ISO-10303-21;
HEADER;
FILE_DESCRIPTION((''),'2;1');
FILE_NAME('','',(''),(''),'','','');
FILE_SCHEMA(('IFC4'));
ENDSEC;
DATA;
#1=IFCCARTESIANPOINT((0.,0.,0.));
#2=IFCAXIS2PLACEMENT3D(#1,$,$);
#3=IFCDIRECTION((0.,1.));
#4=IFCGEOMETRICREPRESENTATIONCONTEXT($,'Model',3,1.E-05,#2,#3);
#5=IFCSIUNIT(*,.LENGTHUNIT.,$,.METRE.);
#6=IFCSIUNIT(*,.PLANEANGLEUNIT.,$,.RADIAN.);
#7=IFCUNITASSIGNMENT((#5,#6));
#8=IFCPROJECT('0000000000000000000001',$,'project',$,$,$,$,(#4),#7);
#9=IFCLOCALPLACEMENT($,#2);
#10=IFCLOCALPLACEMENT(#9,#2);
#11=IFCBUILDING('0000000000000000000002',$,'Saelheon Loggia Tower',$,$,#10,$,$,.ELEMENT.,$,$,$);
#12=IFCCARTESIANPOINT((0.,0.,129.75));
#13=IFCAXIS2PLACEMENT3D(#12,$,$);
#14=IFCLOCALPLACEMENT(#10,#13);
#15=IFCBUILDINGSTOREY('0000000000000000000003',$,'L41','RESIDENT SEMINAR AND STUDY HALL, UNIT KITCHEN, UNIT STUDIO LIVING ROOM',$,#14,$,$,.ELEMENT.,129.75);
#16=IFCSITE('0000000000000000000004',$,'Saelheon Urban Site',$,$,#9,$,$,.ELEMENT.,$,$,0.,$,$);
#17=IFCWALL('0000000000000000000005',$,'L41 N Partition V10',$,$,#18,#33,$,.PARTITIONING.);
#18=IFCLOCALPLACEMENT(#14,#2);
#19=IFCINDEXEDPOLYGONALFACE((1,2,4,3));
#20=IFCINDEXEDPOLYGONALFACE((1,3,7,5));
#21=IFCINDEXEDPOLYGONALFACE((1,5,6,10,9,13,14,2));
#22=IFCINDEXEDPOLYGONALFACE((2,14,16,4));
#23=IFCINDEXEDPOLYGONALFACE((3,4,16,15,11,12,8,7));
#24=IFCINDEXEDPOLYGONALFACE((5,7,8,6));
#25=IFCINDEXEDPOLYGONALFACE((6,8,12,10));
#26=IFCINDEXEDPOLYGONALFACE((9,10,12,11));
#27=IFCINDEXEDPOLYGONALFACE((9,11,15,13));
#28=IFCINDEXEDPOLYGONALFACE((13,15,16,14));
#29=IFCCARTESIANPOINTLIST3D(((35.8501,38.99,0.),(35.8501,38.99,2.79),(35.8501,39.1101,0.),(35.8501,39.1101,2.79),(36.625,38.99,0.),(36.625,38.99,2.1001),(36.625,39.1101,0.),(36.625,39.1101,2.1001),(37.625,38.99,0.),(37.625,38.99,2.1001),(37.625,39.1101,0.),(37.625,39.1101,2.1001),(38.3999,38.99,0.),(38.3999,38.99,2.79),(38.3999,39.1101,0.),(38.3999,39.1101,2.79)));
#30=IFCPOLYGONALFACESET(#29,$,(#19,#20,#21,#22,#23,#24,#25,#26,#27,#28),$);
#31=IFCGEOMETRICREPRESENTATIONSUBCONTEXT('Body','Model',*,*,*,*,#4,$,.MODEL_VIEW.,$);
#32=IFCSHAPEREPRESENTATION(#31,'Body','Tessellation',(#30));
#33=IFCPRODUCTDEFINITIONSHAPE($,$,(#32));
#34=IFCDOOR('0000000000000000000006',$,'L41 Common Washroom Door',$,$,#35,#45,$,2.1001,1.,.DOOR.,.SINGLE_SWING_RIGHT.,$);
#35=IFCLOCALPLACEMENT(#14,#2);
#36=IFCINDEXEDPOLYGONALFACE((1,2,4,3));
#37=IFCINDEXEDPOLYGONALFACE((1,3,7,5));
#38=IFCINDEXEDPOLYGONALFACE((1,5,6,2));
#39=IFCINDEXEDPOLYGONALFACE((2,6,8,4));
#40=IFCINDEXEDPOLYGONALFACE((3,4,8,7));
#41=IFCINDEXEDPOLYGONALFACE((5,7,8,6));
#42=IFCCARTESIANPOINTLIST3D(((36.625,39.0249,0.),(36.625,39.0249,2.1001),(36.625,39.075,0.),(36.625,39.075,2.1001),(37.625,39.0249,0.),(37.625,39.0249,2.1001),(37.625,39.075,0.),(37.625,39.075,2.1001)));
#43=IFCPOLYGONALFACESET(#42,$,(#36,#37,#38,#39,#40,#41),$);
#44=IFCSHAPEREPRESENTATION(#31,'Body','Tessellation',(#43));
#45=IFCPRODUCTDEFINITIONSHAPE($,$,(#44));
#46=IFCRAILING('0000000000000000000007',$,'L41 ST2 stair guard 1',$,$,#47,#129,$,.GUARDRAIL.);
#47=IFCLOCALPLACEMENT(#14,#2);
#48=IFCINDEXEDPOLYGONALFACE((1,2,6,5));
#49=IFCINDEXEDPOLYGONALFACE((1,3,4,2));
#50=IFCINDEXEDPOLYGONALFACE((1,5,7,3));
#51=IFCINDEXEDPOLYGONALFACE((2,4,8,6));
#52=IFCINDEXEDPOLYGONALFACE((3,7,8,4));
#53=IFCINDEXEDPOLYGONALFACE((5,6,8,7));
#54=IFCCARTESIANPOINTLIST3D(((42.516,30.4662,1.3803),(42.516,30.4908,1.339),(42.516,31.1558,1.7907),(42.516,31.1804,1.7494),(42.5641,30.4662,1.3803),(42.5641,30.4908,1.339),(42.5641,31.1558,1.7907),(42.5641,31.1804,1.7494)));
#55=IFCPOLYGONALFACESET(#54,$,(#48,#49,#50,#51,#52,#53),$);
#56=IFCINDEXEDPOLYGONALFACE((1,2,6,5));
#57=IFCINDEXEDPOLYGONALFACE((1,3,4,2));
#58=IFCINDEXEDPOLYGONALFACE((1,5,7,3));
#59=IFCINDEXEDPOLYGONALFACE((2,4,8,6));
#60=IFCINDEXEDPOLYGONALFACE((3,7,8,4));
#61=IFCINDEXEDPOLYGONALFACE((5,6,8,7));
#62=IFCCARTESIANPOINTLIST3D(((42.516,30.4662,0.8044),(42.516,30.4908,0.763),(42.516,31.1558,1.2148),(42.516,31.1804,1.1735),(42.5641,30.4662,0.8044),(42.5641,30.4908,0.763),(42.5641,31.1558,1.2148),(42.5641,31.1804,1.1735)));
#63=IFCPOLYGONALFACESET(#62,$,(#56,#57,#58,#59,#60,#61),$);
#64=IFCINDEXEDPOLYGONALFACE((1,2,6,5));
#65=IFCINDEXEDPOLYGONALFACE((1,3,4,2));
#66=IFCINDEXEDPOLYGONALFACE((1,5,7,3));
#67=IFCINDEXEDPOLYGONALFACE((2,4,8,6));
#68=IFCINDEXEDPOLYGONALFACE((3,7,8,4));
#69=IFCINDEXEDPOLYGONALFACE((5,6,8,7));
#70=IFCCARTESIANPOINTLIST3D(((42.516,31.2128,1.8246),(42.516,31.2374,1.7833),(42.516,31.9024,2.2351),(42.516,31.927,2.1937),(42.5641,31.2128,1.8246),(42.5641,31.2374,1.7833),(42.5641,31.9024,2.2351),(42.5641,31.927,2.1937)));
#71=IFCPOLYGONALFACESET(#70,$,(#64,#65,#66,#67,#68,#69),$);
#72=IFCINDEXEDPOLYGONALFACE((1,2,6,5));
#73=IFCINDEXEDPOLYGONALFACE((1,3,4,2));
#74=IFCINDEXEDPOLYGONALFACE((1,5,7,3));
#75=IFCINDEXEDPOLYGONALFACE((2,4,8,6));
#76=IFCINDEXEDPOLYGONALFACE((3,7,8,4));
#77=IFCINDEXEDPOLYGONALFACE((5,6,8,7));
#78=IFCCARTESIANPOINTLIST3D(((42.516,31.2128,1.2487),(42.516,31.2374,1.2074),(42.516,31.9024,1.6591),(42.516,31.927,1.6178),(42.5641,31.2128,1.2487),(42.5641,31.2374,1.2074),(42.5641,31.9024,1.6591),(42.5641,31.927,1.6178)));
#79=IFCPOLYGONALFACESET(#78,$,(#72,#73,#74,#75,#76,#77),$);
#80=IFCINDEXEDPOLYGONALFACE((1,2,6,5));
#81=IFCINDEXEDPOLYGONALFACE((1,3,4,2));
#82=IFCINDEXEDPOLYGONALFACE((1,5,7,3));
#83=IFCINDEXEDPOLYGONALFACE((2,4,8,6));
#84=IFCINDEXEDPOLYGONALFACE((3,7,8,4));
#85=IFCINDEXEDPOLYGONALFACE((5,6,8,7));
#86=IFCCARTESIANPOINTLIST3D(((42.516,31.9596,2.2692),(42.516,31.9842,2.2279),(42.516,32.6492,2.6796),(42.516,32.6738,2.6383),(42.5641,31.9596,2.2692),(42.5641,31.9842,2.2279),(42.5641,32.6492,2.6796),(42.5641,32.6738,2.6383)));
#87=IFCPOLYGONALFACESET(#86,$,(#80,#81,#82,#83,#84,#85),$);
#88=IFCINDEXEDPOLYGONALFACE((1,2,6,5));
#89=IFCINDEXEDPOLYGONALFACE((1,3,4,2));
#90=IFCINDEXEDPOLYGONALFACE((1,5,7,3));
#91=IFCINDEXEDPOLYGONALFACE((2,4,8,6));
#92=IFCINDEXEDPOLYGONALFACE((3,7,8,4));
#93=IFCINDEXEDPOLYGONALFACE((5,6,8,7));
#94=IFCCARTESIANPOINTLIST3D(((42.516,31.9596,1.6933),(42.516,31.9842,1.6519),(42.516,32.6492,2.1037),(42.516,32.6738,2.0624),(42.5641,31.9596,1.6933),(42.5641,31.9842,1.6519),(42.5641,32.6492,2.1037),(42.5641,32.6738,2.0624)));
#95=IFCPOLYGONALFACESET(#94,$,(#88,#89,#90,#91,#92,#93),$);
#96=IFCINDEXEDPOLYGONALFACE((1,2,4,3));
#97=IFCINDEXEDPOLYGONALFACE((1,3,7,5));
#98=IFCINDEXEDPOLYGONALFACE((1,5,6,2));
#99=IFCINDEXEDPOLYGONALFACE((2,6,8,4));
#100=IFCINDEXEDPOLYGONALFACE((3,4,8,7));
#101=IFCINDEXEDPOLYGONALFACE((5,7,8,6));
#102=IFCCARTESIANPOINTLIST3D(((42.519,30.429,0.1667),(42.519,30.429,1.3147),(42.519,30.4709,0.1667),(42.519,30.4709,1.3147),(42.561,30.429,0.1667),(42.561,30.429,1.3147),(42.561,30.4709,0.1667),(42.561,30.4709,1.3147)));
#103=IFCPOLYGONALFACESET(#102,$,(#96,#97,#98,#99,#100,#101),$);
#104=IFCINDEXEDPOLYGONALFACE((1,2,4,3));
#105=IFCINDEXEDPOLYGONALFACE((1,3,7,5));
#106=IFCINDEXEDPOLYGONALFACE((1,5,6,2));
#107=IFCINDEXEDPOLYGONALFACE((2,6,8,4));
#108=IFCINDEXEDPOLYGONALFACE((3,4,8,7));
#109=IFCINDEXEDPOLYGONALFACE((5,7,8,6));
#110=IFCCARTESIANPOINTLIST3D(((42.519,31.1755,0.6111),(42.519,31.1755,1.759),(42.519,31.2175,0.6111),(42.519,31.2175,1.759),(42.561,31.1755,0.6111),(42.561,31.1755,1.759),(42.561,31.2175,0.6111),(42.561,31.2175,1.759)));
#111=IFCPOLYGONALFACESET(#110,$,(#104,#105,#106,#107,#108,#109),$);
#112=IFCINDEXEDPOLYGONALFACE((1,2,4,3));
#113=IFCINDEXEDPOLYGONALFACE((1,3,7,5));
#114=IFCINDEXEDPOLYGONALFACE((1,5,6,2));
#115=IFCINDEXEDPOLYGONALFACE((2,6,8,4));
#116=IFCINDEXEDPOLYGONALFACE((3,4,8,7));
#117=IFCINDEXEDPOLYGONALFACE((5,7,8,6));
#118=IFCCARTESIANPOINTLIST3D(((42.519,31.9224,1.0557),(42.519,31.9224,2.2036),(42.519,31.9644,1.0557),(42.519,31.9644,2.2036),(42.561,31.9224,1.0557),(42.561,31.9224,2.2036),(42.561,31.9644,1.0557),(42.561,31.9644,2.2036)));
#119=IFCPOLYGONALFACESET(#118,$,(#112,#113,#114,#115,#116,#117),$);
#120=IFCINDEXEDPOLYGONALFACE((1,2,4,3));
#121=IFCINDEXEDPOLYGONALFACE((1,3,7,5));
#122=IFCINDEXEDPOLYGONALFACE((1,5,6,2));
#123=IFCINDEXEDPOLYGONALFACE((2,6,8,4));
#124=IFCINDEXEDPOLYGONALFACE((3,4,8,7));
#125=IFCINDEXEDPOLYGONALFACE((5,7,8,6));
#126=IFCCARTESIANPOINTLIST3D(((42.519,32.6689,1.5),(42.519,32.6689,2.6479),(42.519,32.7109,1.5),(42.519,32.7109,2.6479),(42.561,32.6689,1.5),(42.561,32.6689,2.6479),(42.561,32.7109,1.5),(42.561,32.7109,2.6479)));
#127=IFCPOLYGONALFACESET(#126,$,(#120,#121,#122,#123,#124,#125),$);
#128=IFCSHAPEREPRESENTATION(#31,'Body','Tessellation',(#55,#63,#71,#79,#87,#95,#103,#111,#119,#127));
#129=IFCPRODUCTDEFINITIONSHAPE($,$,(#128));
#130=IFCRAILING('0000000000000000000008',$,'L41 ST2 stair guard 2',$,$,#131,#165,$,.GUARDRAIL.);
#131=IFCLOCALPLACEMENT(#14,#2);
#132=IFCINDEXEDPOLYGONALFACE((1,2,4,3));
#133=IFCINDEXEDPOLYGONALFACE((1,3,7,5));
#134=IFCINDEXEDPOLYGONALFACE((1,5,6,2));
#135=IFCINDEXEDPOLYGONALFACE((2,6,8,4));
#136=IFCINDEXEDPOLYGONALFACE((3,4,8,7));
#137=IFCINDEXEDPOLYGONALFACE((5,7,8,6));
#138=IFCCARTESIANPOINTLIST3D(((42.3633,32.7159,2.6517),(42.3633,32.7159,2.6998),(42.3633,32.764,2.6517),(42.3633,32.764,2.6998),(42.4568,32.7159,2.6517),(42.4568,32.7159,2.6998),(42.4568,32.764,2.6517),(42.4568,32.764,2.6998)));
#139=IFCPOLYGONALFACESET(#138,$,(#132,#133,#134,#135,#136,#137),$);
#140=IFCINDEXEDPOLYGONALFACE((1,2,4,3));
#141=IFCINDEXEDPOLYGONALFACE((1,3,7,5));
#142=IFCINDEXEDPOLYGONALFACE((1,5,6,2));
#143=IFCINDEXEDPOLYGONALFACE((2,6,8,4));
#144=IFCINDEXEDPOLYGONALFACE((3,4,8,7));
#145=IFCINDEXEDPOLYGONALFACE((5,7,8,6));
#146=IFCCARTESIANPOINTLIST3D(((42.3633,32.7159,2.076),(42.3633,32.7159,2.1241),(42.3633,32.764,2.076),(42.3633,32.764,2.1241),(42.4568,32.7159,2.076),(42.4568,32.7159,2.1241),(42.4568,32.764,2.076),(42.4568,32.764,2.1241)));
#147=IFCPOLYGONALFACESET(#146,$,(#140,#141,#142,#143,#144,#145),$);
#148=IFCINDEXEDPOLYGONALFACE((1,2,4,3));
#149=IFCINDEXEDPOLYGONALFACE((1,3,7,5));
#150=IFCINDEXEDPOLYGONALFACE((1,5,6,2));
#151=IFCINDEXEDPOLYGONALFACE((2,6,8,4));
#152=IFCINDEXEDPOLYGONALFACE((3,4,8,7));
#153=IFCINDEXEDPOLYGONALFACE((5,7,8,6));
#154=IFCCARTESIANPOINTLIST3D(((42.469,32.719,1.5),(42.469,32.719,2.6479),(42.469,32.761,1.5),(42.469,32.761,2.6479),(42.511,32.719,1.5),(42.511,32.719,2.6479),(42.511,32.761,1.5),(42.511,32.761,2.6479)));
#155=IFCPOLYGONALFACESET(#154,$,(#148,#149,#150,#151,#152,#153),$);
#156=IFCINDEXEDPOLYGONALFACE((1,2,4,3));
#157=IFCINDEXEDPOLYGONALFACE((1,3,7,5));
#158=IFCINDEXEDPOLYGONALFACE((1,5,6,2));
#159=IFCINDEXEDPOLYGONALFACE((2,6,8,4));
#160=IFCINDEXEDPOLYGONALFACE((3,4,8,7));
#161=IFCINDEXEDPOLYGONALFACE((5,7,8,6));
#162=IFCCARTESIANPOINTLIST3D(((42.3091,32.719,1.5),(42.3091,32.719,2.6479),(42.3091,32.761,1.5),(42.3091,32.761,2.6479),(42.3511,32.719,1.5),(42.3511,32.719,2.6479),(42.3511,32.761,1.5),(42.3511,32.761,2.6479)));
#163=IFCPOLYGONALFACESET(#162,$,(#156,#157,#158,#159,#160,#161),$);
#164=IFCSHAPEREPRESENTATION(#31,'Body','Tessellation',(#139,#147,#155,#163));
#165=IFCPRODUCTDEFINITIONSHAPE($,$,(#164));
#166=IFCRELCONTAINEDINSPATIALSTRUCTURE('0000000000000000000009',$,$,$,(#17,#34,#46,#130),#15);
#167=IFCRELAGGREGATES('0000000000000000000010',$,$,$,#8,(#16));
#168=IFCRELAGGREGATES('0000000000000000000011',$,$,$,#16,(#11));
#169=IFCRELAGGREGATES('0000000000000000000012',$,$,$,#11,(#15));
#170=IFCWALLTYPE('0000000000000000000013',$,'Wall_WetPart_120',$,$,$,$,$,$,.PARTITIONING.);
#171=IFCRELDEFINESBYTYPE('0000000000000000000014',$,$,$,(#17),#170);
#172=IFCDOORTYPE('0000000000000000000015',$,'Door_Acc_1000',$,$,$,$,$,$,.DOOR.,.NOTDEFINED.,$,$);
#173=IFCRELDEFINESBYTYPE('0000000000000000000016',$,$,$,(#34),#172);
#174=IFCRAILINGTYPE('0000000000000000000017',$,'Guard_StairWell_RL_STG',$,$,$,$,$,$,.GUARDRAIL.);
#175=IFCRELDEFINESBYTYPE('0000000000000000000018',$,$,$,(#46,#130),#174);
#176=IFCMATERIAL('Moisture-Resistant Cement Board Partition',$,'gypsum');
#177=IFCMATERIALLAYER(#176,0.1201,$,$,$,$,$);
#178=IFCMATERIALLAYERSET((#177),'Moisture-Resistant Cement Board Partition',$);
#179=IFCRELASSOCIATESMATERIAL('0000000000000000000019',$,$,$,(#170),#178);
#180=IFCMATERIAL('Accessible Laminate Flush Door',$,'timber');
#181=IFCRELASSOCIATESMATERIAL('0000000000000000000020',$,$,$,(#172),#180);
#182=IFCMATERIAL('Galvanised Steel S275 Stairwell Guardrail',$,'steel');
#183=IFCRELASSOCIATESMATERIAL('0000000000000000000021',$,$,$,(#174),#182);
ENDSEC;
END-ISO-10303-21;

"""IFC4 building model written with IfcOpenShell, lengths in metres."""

from ifc_helpers import new_model, si_unit, direction, frame, frame_2d, origin, origin_2d, place, context, subcontext, project, spatial, rectangle, extrude, source, transform, mapped, material, layer, layer_set, type_object, element, fill, save


model = new_model("IFC4")

# Units and contexts
model_context = context("Model", 3, precision=1e-05, world=origin(), true_north=direction((0.0, 1.0)))
body_context = subcontext(model_context, "Body", "Model", "MODEL_VIEW")
ifc_project = project(units=[si_unit("LENGTHUNIT", "METRE"), si_unit("PLANEANGLEUNIT", "RADIAN")], contexts=[model_context])

# Site, building, storey
site_placement = place(None, origin())
site = spatial("IfcSite", under=ifc_project, at=site_placement, Name="Saelheon Urban Site", CompositionType="ELEMENT", RefElevation=0.0)
building_placement = place(site_placement, origin())
building = spatial("IfcBuilding", under=site, at=building_placement, Name="Saelheon Loggia Tower", CompositionType="ELEMENT")
storey_placement = place(building_placement, frame((0.0, 0.0, 129.75)))
storey = spatial("IfcBuildingStorey", under=building, at=storey_placement, Name="L41", Description="RESIDENT SEMINAR AND STUDY HALL, UNIT KITCHEN, UNIT STUDIO LIVING ROOM", CompositionType="ELEMENT", Elevation=129.75)

# Shared definitions
ifc_material_1 = material(Name="Moisture-Resistant Cement Board Partition", Category="gypsum")
ifc_layer_1 = layer(ifc_material_1, 0.1201)
ifc_layer_set_1 = layer_set([ifc_layer_1], Name="Moisture-Resistant Cement Board Partition")
wall_type_1 = type_object("IfcWallType", Name="Wall_WetPart_120", PredefinedType="PARTITIONING", material=ifc_layer_set_1)

# Wall, opening, door
wall_1_placement = place(storey_placement, frame((35.8501, 39.05, 0.0), z_axis=(0.0, 0.0, 1.0), x_axis=(1.0, 0.0, 0.0)))
wall_1 = element("IfcWall", 1, at=wall_1_placement, inside=storey, type_object=wall_type_1, Name="L41 N Partition V10", PredefinedType="PARTITIONING", context=body_context, shape_type="SweptSolid", body=[
    extrude(rectangle(XDim=2.5498, YDim=0.1201, at=frame_2d((1.2749, 0.0))), origin(), (0.0, 0.0, 1.0), 2.79),
])
opening_1_placement = place(wall_1_placement, frame((0.7749, 0.0, 0.0)))
opening_1 = element("IfcOpeningElement", 2, at=opening_1_placement, cuts=wall_1, PredefinedType="OPENING", context=body_context, shape_type="SweptSolid", body=[
    extrude(rectangle(XDim=1.0, YDim=2.1001, at=frame_2d((0.5, 1.05))), frame((0.0, 0.072, 0.0), z_axis=(0.0, -1.0, 0.0), x_axis=(1.0, 0.0, 0.0)), (0.0, 0.0, 1.0), 0.144),
])
ifc_material_2 = material(Name="Accessible Laminate Flush Door", Category="timber")
door_type_1 = type_object("IfcDoorType", Name="Door_Acc_1000", OperationType="NOTDEFINED", PredefinedType="DOOR", material=ifc_material_2)
shared_shape_1 = source(origin(), body_context, "Body", "SweptSolid", [
    extrude(rectangle(XDim=1.0, YDim=2.1001, at=frame_2d((0.5, 1.05))), frame((0.0, 0.0249, 0.0), z_axis=(0.0, -1.0, 0.0), x_axis=(1.0, 0.0, 0.0)), (0.0, 0.0, 1.0), 0.05),
])
door_1_placement = place(opening_1_placement, origin())
door_1 = element("IfcDoor", 3, at=door_1_placement, inside=storey, type_object=door_type_1, Name="L41 Common Washroom Door", OperationType="SINGLE_SWING_RIGHT", OverallHeight=2.1001, OverallWidth=1.0, PredefinedType="DOOR", context=body_context, shape_type="MappedRepresentation", body=[
    mapped(shared_shape_1, transform((0.0, 0.0, 0.0), scale=1.0)),
])
fill(opening_1, door_1)

# Railings
ifc_material_3 = material(Name="Galvanised Steel S275 Stairwell Guardrail", Category="steel")
railing_type_1 = type_object("IfcRailingType", Name="Guard_StairWell_RL_STG", PredefinedType="GUARDRAIL", material=ifc_material_3)
railing_1_placement = place(storey_placement, frame((42.54, 30.45, 0.1667)))
element("IfcRailing", 4, at=railing_1_placement, inside=storey, type_object=railing_type_1, Name="L41 ST2 stair guard 1", PredefinedType="GUARDRAIL", context=body_context, shape_type="SweptSolid", body=[
    extrude(rectangle(XDim=0.0481, YDim=0.0481, at=origin_2d()), frame((0.0, 0.0286, 1.1929), z_axis=(0.0, 0.859306, 0.511462), x_axis=(-1.0, 0.0, 0.0)), (0.0, 0.0, 1.0), 0.8025),
    extrude(rectangle(XDim=0.0481, YDim=0.0481, at=origin_2d()), frame((0.0, 0.0286, 0.6169), z_axis=(0.0, 0.859306, 0.511462), x_axis=(-1.0, 0.0, 0.0)), (0.0, 0.0, 1.0), 0.8025),
    extrude(rectangle(XDim=0.0481, YDim=0.0481, at=origin_2d()), frame((0.0, 0.7751, 1.6372), z_axis=(0.0, 0.859306, 0.511462), x_axis=(-1.0, 0.0, 0.0)), (0.0, 0.0, 1.0), 0.8025),
    extrude(rectangle(XDim=0.0481, YDim=0.0481, at=origin_2d()), frame((0.0, 0.7751, 1.0613), z_axis=(0.0, 0.859306, 0.511462), x_axis=(-1.0, 0.0, 0.0)), (0.0, 0.0, 1.0), 0.8025),
    extrude(rectangle(XDim=0.0481, YDim=0.0481, at=origin_2d()), frame((0.0, 1.522, 2.0818), z_axis=(0.0, 0.859306, 0.511462), x_axis=(-1.0, 0.0, 0.0)), (0.0, 0.0, 1.0), 0.8025),
    extrude(rectangle(XDim=0.0481, YDim=0.0481, at=origin_2d()), frame((0.0, 1.522, 1.5059), z_axis=(0.0, 0.859306, 0.511462), x_axis=(-1.0, 0.0, 0.0)), (0.0, 0.0, 1.0), 0.8025),
    extrude(rectangle(XDim=0.042, YDim=0.042, at=origin_2d()), origin(), (0.0, 0.0, 1.0), 1.1479),
    extrude(rectangle(XDim=0.042, YDim=0.042, at=origin_2d()), frame((0.0, 0.7466, 0.4443)), (0.0, 0.0, 1.0), 1.1479),
    extrude(rectangle(XDim=0.042, YDim=0.042, at=origin_2d()), frame((0.0, 1.4934, 0.8889)), (0.0, 0.0, 1.0), 1.1479),
    extrude(rectangle(XDim=0.042, YDim=0.042, at=origin_2d()), frame((0.0, 2.24, 1.3333)), (0.0, 0.0, 1.0), 1.1479),
])
railing_2_placement = place(storey_placement, frame((42.49, 32.74, 1.5)))
element("IfcRailing", 5, at=railing_2_placement, inside=storey, type_object=railing_type_1, Name="L41 ST2 stair guard 2", PredefinedType="GUARDRAIL", context=body_context, shape_type="SweptSolid", body=[
    extrude(rectangle(XDim=0.0481, YDim=0.0481, at=origin_2d()), frame((-0.0332, 0.0, 1.1758), z_axis=(-1.0, 0.0, 0.0), x_axis=(0.0, -1.0, 0.0)), (0.0, 0.0, 1.0), 0.0935),
    extrude(rectangle(XDim=0.0481, YDim=0.0481, at=origin_2d()), frame((-0.0332, 0.0, 0.6001), z_axis=(-1.0, 0.0, 0.0), x_axis=(0.0, -1.0, 0.0)), (0.0, 0.0, 1.0), 0.0935),
    extrude(rectangle(XDim=0.042, YDim=0.042, at=origin_2d()), origin(), (0.0, 0.0, 1.0), 1.1479),
    extrude(rectangle(XDim=0.042, YDim=0.042, at=origin_2d()), frame((-0.1599, 0.0, 0.0)), (0.0, 0.0, 1.0), 1.1479),
])

save(model, "model.ifc")
